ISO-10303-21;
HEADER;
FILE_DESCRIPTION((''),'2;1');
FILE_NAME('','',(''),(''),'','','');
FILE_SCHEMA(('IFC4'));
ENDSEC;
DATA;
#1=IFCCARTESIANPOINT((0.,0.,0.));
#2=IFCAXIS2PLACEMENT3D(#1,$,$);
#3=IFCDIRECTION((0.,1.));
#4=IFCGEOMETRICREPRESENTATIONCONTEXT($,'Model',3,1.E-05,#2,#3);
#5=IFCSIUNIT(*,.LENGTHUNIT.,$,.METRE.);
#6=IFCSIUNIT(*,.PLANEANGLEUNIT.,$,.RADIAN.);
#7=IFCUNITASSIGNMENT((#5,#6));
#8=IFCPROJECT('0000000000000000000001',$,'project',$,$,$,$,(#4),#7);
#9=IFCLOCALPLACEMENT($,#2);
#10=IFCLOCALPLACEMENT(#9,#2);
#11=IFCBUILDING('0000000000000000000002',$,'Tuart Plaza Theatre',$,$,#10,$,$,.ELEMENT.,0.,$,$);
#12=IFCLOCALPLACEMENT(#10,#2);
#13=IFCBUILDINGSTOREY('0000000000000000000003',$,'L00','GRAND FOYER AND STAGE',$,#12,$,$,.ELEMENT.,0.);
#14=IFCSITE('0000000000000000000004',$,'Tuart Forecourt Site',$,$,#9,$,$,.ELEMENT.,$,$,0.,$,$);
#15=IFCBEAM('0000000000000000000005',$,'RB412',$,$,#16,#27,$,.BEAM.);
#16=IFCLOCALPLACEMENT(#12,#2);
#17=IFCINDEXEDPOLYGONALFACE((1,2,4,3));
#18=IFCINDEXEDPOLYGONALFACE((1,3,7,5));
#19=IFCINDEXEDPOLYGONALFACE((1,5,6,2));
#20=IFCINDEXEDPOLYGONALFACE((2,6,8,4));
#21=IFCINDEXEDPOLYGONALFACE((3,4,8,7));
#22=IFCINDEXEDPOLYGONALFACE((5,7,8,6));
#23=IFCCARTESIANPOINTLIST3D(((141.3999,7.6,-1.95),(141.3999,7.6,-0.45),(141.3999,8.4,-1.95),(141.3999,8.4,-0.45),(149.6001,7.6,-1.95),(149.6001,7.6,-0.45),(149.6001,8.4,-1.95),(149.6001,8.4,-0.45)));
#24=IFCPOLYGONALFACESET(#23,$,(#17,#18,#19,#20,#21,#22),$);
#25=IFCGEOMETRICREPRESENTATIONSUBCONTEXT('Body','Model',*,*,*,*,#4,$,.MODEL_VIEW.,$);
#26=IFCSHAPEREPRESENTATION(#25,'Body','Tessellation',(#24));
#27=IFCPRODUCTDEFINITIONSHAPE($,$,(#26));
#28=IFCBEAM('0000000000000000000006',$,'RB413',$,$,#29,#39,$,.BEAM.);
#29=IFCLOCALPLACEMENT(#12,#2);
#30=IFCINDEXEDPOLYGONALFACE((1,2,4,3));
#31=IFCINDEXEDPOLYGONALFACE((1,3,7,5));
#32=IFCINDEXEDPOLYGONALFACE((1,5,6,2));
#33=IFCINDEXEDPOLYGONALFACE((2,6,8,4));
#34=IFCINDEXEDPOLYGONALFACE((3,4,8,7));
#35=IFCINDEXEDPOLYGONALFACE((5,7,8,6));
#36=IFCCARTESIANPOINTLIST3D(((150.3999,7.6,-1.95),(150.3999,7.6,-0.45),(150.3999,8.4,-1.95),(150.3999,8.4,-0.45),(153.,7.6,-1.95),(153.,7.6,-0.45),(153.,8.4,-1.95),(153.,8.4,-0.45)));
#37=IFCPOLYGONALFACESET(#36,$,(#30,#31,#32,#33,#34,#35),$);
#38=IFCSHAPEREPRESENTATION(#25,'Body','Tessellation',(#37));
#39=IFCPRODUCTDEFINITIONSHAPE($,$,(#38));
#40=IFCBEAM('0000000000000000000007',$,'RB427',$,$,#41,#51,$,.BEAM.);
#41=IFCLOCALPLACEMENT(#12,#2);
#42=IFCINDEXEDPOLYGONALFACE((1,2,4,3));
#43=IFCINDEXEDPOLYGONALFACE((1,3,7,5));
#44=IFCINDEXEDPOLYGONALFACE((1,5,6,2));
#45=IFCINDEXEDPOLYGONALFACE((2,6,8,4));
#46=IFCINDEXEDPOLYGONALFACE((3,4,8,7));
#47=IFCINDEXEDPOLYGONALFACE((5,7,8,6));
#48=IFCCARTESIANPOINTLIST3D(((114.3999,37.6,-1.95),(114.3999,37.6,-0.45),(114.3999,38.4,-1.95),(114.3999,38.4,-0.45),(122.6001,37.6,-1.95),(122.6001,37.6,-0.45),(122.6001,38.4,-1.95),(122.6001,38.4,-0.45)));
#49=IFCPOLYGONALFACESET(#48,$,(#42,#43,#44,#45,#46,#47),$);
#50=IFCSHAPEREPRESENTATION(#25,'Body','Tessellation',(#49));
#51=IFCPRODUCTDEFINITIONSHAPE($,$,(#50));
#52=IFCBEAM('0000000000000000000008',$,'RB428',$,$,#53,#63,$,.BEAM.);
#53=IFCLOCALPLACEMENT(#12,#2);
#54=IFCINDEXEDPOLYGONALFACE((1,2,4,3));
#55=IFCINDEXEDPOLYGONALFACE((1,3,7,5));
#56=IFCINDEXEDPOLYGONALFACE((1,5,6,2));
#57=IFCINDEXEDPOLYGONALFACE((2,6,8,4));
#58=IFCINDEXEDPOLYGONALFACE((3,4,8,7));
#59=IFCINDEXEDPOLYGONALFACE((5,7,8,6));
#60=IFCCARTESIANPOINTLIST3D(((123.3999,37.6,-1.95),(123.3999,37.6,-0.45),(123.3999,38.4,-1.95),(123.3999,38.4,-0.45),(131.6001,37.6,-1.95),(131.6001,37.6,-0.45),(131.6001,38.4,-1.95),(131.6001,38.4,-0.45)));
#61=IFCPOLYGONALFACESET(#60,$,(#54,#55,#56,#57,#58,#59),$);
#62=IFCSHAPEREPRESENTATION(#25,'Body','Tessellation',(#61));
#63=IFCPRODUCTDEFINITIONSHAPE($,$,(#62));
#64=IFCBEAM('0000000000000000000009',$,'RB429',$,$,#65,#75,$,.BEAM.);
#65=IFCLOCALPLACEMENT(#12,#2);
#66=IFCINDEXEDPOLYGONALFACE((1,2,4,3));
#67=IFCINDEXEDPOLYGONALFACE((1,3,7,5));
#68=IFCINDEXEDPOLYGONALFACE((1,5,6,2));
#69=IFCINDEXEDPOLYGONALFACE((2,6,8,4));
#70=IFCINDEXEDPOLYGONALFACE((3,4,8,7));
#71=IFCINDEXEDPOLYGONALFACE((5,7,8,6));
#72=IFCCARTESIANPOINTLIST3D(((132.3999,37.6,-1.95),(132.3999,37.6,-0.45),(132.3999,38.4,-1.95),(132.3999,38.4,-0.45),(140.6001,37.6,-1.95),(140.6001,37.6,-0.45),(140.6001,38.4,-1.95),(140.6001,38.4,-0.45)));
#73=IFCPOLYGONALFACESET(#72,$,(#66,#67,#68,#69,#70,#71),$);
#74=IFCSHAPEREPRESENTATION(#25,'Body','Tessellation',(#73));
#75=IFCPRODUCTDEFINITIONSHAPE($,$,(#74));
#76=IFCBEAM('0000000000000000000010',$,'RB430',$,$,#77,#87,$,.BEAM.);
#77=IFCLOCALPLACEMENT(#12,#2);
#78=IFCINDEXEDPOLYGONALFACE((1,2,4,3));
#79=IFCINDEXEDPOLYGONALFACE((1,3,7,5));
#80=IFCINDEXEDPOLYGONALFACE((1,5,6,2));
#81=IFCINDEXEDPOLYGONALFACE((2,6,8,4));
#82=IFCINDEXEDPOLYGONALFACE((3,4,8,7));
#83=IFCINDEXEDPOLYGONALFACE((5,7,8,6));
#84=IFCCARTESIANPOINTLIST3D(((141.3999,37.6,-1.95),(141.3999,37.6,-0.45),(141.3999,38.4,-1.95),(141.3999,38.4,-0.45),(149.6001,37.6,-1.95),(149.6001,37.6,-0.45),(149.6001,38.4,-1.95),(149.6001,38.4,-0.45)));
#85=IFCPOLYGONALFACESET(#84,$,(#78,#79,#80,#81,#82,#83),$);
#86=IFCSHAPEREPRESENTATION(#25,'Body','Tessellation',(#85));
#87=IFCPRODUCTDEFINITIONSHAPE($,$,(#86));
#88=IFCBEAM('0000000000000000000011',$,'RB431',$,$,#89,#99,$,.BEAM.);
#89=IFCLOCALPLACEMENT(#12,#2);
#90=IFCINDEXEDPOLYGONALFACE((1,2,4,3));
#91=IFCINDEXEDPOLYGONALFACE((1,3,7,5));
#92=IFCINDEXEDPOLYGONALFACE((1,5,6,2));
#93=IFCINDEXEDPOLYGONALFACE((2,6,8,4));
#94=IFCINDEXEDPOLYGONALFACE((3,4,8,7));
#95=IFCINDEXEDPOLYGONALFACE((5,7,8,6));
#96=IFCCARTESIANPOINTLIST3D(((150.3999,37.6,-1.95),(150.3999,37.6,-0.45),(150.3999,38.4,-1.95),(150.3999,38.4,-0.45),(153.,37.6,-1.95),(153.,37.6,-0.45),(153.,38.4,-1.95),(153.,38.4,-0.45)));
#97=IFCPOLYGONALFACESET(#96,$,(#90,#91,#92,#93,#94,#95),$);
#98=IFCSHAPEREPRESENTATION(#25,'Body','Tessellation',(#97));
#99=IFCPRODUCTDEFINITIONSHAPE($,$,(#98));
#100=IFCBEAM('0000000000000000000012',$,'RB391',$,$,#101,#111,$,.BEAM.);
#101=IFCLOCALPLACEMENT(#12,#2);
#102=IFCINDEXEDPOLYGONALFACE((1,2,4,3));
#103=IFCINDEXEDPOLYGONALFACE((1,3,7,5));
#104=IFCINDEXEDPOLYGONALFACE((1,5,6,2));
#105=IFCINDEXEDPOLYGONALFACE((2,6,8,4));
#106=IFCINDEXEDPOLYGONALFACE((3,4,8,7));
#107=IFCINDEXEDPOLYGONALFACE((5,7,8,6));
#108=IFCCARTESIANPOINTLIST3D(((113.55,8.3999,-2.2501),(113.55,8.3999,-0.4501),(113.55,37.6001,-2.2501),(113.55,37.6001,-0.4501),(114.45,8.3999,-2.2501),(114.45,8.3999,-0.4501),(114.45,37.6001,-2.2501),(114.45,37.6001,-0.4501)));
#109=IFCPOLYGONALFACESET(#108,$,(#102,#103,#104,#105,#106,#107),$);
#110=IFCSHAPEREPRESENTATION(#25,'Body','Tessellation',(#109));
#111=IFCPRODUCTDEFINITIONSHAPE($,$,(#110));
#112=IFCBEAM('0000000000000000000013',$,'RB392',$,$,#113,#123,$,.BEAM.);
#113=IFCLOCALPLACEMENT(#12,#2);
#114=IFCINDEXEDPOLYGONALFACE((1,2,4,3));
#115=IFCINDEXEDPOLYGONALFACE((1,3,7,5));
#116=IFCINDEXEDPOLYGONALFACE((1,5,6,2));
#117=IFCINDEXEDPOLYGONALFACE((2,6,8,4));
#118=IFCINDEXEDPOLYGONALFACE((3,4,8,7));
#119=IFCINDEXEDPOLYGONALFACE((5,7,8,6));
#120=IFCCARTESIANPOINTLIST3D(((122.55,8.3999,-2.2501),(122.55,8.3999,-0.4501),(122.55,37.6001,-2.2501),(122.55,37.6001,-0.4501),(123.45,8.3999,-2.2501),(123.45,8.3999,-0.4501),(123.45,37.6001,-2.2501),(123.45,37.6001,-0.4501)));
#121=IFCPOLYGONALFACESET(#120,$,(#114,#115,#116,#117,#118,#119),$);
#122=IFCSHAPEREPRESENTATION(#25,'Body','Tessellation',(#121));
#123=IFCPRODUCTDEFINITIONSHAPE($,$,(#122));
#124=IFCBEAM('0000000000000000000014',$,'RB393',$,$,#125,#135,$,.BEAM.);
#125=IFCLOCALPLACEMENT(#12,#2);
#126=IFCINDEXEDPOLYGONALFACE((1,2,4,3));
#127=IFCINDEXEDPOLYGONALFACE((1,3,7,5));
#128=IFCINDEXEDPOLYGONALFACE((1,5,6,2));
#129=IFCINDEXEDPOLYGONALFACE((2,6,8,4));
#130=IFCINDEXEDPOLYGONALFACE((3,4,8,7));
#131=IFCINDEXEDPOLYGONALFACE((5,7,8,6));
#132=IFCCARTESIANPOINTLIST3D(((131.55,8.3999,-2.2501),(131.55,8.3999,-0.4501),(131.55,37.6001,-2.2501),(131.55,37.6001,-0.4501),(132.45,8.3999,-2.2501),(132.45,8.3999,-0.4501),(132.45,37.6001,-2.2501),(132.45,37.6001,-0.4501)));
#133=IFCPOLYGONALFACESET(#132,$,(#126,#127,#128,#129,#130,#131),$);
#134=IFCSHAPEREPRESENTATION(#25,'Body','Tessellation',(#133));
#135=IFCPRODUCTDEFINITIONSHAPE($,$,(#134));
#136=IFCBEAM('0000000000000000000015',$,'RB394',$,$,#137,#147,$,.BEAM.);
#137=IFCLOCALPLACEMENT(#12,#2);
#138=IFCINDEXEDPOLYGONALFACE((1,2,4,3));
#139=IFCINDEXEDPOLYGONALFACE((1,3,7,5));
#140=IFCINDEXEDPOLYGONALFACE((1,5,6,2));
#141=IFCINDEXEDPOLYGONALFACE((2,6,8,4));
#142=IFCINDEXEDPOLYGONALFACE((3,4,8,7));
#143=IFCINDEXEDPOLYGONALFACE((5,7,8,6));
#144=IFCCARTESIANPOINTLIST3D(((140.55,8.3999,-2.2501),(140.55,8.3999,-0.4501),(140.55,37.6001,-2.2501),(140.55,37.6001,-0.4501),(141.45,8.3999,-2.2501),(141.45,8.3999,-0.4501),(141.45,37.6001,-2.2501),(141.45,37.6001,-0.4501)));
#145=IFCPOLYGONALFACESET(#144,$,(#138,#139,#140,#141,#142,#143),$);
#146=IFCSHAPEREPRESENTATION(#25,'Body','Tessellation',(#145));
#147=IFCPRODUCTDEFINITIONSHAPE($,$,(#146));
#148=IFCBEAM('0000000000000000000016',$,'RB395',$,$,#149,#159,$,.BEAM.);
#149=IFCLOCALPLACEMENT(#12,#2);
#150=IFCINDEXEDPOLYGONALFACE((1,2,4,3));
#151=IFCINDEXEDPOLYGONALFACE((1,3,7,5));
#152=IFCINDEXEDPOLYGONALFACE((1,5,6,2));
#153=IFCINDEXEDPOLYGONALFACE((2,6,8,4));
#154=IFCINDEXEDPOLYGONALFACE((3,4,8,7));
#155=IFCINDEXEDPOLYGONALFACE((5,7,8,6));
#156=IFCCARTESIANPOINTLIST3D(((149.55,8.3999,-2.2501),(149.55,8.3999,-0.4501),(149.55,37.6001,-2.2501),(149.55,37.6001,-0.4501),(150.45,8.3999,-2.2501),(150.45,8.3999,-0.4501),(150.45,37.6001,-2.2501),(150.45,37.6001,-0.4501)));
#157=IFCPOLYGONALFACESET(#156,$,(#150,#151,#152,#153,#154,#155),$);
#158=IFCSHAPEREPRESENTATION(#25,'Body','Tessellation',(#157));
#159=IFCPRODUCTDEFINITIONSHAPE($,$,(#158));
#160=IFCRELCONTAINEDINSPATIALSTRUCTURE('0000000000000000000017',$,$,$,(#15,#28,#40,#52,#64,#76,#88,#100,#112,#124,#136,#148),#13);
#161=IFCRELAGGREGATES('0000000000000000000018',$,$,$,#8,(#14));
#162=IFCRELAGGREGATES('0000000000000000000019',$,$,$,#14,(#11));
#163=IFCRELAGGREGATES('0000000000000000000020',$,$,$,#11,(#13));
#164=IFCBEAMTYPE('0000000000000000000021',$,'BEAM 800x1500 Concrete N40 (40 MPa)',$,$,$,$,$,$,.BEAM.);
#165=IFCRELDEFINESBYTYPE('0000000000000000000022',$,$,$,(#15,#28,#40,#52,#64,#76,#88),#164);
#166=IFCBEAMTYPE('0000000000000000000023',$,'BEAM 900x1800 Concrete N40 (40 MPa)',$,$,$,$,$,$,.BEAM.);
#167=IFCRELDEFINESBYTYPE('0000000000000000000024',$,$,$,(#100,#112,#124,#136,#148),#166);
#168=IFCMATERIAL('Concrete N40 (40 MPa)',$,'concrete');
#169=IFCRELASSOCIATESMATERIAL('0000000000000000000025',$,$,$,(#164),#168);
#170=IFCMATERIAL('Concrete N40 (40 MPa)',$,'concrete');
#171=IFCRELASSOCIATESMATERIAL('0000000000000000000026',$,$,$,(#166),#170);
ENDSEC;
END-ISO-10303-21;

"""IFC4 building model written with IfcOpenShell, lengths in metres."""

from ifc_helpers import new_model, si_unit, direction, frame, origin, origin_2d, place, context, subcontext, project, spatial, rectangle, extrude, material, material_profile, profile_set, type_object, element, save


model = new_model("IFC4")

# Units and contexts
model_context = context("Model", 3, precision=1e-05, world=origin(), true_north=direction((0.0, 1.0)))
body_context = subcontext(model_context, "Body", "Model", "MODEL_VIEW")
ifc_project = project(units=[si_unit("LENGTHUNIT", "METRE"), si_unit("PLANEANGLEUNIT", "RADIAN")], contexts=[model_context])

# Site, building, storey
site_placement = place(None, origin())
site = spatial("IfcSite", under=ifc_project, at=site_placement, Name="Tuart Forecourt Site", CompositionType="ELEMENT", RefElevation=0.0)
building_placement = place(site_placement, origin())
building = spatial("IfcBuilding", under=site, at=building_placement, Name="Tuart Plaza Theatre", CompositionType="ELEMENT", ElevationOfRefHeight=0.0)
storey_placement = place(building_placement, origin())
storey = spatial("IfcBuildingStorey", under=building, at=storey_placement, Name="L00", Description="GRAND FOYER AND STAGE", CompositionType="ELEMENT", Elevation=0.0)

# Beams
ifc_material_1 = material(Name="Concrete N40 (40 MPa)", Category="concrete")
ifc_material_profile_1 = material_profile(ifc_material_1, rectangle(XDim=0.8, YDim=1.5, at=origin_2d()), Name="BEAM 800x1500 Concrete N40 (40 MPa)")
ifc_profile_set_1 = profile_set([ifc_material_profile_1], Name="Concrete N40 (40 MPa)")
beam_type_1 = type_object("IfcBeamType", Name="BEAM 800x1500 Concrete N40 (40 MPa)", PredefinedType="BEAM", material=ifc_profile_set_1)
for number, where, z_axis, x_axis, name in (
    (1, (141.3999, 8.0, -1.2), (1.0, 0.0, 0.0), (0.0, 1.0, 0.0), "RB412"),
):
    element("IfcBeam", number, at=place(storey_placement, frame(where, z_axis=z_axis, x_axis=x_axis)), inside=storey, type_object=beam_type_1, Name=name, PredefinedType="BEAM", context=body_context, shape_type="SweptSolid", body=[
        extrude(rectangle(XDim=0.8, YDim=1.5, at=origin_2d()), origin(), (0.0, 0.0, 1.0), 8.2002),
    ])
beam_1_placement = place(storey_placement, frame((150.3999, 8.0, -1.2), z_axis=(1.0, 0.0, 0.0), x_axis=(0.0, 1.0, 0.0)))
element("IfcBeam", 2, at=beam_1_placement, inside=storey, type_object=beam_type_1, Name="RB413", PredefinedType="BEAM", context=body_context, shape_type="SweptSolid", body=[
    extrude(rectangle(XDim=0.8, YDim=1.5, at=origin_2d()), origin(), (0.0, 0.0, 1.0), 2.6001),
])
for number, where, z_axis, x_axis, name in (
    (3, (114.3999, 38.0, -1.2), (1.0, 0.0, 0.0), (0.0, 1.0, 0.0), "RB427"),
    (4, (123.3999, 38.0, -1.2), (1.0, 0.0, 0.0), (0.0, 1.0, 0.0), "RB428"),
    (5, (132.3999, 38.0, -1.2), (1.0, 0.0, 0.0), (0.0, 1.0, 0.0), "RB429"),
    (6, (141.3999, 38.0, -1.2), (1.0, 0.0, 0.0), (0.0, 1.0, 0.0), "RB430"),
):
    element("IfcBeam", number, at=place(storey_placement, frame(where, z_axis=z_axis, x_axis=x_axis)), inside=storey, type_object=beam_type_1, Name=name, PredefinedType="BEAM", context=body_context, shape_type="SweptSolid", body=[
        extrude(rectangle(XDim=0.8, YDim=1.5, at=origin_2d()), origin(), (0.0, 0.0, 1.0), 8.2002),
    ])
beam_2_placement = place(storey_placement, frame((150.3999, 38.0, -1.2), z_axis=(1.0, 0.0, 0.0), x_axis=(0.0, 1.0, 0.0)))
element("IfcBeam", 7, at=beam_2_placement, inside=storey, type_object=beam_type_1, Name="RB431", PredefinedType="BEAM", context=body_context, shape_type="SweptSolid", body=[
    extrude(rectangle(XDim=0.8, YDim=1.5, at=origin_2d()), origin(), (0.0, 0.0, 1.0), 2.6001),
])
ifc_material_2 = material(Name="Concrete N40 (40 MPa)", Category="concrete")
ifc_material_profile_2 = material_profile(ifc_material_2, rectangle(XDim=0.8999, YDim=1.8, at=origin_2d()), Name="BEAM 900x1800 Concrete N40 (40 MPa)")
ifc_profile_set_2 = profile_set([ifc_material_profile_2], Name="Concrete N40 (40 MPa)")
beam_type_2 = type_object("IfcBeamType", Name="BEAM 900x1800 Concrete N40 (40 MPa)", PredefinedType="BEAM", material=ifc_profile_set_2)
for number, where, z_axis, x_axis, name in (
    (8, (114.0, 8.3999, -1.3501), (0.0, 1.0, 0.0), (-1.0, 0.0, 0.0), "RB391"),
    (9, (123.0, 8.3999, -1.3501), (0.0, 1.0, 0.0), (-1.0, 0.0, 0.0), "RB392"),
    (10, (132.0, 8.3999, -1.3501), (0.0, 1.0, 0.0), (-1.0, 0.0, 0.0), "RB393"),
    (11, (141.0, 8.3999, -1.3501), (0.0, 1.0, 0.0), (-1.0, 0.0, 0.0), "RB394"),
    (12, (150.0, 8.3999, -1.3501), (0.0, 1.0, 0.0), (-1.0, 0.0, 0.0), "RB395"),
):
    element("IfcBeam", number, at=place(storey_placement, frame(where, z_axis=z_axis, x_axis=x_axis)), inside=storey, type_object=beam_type_2, Name=name, PredefinedType="BEAM", context=body_context, shape_type="SweptSolid", body=[
        extrude(rectangle(XDim=0.8999, YDim=1.8, at=origin_2d()), origin(), (0.0, 0.0, 1.0), 29.2002),
    ])

save(model, "model.ifc")
